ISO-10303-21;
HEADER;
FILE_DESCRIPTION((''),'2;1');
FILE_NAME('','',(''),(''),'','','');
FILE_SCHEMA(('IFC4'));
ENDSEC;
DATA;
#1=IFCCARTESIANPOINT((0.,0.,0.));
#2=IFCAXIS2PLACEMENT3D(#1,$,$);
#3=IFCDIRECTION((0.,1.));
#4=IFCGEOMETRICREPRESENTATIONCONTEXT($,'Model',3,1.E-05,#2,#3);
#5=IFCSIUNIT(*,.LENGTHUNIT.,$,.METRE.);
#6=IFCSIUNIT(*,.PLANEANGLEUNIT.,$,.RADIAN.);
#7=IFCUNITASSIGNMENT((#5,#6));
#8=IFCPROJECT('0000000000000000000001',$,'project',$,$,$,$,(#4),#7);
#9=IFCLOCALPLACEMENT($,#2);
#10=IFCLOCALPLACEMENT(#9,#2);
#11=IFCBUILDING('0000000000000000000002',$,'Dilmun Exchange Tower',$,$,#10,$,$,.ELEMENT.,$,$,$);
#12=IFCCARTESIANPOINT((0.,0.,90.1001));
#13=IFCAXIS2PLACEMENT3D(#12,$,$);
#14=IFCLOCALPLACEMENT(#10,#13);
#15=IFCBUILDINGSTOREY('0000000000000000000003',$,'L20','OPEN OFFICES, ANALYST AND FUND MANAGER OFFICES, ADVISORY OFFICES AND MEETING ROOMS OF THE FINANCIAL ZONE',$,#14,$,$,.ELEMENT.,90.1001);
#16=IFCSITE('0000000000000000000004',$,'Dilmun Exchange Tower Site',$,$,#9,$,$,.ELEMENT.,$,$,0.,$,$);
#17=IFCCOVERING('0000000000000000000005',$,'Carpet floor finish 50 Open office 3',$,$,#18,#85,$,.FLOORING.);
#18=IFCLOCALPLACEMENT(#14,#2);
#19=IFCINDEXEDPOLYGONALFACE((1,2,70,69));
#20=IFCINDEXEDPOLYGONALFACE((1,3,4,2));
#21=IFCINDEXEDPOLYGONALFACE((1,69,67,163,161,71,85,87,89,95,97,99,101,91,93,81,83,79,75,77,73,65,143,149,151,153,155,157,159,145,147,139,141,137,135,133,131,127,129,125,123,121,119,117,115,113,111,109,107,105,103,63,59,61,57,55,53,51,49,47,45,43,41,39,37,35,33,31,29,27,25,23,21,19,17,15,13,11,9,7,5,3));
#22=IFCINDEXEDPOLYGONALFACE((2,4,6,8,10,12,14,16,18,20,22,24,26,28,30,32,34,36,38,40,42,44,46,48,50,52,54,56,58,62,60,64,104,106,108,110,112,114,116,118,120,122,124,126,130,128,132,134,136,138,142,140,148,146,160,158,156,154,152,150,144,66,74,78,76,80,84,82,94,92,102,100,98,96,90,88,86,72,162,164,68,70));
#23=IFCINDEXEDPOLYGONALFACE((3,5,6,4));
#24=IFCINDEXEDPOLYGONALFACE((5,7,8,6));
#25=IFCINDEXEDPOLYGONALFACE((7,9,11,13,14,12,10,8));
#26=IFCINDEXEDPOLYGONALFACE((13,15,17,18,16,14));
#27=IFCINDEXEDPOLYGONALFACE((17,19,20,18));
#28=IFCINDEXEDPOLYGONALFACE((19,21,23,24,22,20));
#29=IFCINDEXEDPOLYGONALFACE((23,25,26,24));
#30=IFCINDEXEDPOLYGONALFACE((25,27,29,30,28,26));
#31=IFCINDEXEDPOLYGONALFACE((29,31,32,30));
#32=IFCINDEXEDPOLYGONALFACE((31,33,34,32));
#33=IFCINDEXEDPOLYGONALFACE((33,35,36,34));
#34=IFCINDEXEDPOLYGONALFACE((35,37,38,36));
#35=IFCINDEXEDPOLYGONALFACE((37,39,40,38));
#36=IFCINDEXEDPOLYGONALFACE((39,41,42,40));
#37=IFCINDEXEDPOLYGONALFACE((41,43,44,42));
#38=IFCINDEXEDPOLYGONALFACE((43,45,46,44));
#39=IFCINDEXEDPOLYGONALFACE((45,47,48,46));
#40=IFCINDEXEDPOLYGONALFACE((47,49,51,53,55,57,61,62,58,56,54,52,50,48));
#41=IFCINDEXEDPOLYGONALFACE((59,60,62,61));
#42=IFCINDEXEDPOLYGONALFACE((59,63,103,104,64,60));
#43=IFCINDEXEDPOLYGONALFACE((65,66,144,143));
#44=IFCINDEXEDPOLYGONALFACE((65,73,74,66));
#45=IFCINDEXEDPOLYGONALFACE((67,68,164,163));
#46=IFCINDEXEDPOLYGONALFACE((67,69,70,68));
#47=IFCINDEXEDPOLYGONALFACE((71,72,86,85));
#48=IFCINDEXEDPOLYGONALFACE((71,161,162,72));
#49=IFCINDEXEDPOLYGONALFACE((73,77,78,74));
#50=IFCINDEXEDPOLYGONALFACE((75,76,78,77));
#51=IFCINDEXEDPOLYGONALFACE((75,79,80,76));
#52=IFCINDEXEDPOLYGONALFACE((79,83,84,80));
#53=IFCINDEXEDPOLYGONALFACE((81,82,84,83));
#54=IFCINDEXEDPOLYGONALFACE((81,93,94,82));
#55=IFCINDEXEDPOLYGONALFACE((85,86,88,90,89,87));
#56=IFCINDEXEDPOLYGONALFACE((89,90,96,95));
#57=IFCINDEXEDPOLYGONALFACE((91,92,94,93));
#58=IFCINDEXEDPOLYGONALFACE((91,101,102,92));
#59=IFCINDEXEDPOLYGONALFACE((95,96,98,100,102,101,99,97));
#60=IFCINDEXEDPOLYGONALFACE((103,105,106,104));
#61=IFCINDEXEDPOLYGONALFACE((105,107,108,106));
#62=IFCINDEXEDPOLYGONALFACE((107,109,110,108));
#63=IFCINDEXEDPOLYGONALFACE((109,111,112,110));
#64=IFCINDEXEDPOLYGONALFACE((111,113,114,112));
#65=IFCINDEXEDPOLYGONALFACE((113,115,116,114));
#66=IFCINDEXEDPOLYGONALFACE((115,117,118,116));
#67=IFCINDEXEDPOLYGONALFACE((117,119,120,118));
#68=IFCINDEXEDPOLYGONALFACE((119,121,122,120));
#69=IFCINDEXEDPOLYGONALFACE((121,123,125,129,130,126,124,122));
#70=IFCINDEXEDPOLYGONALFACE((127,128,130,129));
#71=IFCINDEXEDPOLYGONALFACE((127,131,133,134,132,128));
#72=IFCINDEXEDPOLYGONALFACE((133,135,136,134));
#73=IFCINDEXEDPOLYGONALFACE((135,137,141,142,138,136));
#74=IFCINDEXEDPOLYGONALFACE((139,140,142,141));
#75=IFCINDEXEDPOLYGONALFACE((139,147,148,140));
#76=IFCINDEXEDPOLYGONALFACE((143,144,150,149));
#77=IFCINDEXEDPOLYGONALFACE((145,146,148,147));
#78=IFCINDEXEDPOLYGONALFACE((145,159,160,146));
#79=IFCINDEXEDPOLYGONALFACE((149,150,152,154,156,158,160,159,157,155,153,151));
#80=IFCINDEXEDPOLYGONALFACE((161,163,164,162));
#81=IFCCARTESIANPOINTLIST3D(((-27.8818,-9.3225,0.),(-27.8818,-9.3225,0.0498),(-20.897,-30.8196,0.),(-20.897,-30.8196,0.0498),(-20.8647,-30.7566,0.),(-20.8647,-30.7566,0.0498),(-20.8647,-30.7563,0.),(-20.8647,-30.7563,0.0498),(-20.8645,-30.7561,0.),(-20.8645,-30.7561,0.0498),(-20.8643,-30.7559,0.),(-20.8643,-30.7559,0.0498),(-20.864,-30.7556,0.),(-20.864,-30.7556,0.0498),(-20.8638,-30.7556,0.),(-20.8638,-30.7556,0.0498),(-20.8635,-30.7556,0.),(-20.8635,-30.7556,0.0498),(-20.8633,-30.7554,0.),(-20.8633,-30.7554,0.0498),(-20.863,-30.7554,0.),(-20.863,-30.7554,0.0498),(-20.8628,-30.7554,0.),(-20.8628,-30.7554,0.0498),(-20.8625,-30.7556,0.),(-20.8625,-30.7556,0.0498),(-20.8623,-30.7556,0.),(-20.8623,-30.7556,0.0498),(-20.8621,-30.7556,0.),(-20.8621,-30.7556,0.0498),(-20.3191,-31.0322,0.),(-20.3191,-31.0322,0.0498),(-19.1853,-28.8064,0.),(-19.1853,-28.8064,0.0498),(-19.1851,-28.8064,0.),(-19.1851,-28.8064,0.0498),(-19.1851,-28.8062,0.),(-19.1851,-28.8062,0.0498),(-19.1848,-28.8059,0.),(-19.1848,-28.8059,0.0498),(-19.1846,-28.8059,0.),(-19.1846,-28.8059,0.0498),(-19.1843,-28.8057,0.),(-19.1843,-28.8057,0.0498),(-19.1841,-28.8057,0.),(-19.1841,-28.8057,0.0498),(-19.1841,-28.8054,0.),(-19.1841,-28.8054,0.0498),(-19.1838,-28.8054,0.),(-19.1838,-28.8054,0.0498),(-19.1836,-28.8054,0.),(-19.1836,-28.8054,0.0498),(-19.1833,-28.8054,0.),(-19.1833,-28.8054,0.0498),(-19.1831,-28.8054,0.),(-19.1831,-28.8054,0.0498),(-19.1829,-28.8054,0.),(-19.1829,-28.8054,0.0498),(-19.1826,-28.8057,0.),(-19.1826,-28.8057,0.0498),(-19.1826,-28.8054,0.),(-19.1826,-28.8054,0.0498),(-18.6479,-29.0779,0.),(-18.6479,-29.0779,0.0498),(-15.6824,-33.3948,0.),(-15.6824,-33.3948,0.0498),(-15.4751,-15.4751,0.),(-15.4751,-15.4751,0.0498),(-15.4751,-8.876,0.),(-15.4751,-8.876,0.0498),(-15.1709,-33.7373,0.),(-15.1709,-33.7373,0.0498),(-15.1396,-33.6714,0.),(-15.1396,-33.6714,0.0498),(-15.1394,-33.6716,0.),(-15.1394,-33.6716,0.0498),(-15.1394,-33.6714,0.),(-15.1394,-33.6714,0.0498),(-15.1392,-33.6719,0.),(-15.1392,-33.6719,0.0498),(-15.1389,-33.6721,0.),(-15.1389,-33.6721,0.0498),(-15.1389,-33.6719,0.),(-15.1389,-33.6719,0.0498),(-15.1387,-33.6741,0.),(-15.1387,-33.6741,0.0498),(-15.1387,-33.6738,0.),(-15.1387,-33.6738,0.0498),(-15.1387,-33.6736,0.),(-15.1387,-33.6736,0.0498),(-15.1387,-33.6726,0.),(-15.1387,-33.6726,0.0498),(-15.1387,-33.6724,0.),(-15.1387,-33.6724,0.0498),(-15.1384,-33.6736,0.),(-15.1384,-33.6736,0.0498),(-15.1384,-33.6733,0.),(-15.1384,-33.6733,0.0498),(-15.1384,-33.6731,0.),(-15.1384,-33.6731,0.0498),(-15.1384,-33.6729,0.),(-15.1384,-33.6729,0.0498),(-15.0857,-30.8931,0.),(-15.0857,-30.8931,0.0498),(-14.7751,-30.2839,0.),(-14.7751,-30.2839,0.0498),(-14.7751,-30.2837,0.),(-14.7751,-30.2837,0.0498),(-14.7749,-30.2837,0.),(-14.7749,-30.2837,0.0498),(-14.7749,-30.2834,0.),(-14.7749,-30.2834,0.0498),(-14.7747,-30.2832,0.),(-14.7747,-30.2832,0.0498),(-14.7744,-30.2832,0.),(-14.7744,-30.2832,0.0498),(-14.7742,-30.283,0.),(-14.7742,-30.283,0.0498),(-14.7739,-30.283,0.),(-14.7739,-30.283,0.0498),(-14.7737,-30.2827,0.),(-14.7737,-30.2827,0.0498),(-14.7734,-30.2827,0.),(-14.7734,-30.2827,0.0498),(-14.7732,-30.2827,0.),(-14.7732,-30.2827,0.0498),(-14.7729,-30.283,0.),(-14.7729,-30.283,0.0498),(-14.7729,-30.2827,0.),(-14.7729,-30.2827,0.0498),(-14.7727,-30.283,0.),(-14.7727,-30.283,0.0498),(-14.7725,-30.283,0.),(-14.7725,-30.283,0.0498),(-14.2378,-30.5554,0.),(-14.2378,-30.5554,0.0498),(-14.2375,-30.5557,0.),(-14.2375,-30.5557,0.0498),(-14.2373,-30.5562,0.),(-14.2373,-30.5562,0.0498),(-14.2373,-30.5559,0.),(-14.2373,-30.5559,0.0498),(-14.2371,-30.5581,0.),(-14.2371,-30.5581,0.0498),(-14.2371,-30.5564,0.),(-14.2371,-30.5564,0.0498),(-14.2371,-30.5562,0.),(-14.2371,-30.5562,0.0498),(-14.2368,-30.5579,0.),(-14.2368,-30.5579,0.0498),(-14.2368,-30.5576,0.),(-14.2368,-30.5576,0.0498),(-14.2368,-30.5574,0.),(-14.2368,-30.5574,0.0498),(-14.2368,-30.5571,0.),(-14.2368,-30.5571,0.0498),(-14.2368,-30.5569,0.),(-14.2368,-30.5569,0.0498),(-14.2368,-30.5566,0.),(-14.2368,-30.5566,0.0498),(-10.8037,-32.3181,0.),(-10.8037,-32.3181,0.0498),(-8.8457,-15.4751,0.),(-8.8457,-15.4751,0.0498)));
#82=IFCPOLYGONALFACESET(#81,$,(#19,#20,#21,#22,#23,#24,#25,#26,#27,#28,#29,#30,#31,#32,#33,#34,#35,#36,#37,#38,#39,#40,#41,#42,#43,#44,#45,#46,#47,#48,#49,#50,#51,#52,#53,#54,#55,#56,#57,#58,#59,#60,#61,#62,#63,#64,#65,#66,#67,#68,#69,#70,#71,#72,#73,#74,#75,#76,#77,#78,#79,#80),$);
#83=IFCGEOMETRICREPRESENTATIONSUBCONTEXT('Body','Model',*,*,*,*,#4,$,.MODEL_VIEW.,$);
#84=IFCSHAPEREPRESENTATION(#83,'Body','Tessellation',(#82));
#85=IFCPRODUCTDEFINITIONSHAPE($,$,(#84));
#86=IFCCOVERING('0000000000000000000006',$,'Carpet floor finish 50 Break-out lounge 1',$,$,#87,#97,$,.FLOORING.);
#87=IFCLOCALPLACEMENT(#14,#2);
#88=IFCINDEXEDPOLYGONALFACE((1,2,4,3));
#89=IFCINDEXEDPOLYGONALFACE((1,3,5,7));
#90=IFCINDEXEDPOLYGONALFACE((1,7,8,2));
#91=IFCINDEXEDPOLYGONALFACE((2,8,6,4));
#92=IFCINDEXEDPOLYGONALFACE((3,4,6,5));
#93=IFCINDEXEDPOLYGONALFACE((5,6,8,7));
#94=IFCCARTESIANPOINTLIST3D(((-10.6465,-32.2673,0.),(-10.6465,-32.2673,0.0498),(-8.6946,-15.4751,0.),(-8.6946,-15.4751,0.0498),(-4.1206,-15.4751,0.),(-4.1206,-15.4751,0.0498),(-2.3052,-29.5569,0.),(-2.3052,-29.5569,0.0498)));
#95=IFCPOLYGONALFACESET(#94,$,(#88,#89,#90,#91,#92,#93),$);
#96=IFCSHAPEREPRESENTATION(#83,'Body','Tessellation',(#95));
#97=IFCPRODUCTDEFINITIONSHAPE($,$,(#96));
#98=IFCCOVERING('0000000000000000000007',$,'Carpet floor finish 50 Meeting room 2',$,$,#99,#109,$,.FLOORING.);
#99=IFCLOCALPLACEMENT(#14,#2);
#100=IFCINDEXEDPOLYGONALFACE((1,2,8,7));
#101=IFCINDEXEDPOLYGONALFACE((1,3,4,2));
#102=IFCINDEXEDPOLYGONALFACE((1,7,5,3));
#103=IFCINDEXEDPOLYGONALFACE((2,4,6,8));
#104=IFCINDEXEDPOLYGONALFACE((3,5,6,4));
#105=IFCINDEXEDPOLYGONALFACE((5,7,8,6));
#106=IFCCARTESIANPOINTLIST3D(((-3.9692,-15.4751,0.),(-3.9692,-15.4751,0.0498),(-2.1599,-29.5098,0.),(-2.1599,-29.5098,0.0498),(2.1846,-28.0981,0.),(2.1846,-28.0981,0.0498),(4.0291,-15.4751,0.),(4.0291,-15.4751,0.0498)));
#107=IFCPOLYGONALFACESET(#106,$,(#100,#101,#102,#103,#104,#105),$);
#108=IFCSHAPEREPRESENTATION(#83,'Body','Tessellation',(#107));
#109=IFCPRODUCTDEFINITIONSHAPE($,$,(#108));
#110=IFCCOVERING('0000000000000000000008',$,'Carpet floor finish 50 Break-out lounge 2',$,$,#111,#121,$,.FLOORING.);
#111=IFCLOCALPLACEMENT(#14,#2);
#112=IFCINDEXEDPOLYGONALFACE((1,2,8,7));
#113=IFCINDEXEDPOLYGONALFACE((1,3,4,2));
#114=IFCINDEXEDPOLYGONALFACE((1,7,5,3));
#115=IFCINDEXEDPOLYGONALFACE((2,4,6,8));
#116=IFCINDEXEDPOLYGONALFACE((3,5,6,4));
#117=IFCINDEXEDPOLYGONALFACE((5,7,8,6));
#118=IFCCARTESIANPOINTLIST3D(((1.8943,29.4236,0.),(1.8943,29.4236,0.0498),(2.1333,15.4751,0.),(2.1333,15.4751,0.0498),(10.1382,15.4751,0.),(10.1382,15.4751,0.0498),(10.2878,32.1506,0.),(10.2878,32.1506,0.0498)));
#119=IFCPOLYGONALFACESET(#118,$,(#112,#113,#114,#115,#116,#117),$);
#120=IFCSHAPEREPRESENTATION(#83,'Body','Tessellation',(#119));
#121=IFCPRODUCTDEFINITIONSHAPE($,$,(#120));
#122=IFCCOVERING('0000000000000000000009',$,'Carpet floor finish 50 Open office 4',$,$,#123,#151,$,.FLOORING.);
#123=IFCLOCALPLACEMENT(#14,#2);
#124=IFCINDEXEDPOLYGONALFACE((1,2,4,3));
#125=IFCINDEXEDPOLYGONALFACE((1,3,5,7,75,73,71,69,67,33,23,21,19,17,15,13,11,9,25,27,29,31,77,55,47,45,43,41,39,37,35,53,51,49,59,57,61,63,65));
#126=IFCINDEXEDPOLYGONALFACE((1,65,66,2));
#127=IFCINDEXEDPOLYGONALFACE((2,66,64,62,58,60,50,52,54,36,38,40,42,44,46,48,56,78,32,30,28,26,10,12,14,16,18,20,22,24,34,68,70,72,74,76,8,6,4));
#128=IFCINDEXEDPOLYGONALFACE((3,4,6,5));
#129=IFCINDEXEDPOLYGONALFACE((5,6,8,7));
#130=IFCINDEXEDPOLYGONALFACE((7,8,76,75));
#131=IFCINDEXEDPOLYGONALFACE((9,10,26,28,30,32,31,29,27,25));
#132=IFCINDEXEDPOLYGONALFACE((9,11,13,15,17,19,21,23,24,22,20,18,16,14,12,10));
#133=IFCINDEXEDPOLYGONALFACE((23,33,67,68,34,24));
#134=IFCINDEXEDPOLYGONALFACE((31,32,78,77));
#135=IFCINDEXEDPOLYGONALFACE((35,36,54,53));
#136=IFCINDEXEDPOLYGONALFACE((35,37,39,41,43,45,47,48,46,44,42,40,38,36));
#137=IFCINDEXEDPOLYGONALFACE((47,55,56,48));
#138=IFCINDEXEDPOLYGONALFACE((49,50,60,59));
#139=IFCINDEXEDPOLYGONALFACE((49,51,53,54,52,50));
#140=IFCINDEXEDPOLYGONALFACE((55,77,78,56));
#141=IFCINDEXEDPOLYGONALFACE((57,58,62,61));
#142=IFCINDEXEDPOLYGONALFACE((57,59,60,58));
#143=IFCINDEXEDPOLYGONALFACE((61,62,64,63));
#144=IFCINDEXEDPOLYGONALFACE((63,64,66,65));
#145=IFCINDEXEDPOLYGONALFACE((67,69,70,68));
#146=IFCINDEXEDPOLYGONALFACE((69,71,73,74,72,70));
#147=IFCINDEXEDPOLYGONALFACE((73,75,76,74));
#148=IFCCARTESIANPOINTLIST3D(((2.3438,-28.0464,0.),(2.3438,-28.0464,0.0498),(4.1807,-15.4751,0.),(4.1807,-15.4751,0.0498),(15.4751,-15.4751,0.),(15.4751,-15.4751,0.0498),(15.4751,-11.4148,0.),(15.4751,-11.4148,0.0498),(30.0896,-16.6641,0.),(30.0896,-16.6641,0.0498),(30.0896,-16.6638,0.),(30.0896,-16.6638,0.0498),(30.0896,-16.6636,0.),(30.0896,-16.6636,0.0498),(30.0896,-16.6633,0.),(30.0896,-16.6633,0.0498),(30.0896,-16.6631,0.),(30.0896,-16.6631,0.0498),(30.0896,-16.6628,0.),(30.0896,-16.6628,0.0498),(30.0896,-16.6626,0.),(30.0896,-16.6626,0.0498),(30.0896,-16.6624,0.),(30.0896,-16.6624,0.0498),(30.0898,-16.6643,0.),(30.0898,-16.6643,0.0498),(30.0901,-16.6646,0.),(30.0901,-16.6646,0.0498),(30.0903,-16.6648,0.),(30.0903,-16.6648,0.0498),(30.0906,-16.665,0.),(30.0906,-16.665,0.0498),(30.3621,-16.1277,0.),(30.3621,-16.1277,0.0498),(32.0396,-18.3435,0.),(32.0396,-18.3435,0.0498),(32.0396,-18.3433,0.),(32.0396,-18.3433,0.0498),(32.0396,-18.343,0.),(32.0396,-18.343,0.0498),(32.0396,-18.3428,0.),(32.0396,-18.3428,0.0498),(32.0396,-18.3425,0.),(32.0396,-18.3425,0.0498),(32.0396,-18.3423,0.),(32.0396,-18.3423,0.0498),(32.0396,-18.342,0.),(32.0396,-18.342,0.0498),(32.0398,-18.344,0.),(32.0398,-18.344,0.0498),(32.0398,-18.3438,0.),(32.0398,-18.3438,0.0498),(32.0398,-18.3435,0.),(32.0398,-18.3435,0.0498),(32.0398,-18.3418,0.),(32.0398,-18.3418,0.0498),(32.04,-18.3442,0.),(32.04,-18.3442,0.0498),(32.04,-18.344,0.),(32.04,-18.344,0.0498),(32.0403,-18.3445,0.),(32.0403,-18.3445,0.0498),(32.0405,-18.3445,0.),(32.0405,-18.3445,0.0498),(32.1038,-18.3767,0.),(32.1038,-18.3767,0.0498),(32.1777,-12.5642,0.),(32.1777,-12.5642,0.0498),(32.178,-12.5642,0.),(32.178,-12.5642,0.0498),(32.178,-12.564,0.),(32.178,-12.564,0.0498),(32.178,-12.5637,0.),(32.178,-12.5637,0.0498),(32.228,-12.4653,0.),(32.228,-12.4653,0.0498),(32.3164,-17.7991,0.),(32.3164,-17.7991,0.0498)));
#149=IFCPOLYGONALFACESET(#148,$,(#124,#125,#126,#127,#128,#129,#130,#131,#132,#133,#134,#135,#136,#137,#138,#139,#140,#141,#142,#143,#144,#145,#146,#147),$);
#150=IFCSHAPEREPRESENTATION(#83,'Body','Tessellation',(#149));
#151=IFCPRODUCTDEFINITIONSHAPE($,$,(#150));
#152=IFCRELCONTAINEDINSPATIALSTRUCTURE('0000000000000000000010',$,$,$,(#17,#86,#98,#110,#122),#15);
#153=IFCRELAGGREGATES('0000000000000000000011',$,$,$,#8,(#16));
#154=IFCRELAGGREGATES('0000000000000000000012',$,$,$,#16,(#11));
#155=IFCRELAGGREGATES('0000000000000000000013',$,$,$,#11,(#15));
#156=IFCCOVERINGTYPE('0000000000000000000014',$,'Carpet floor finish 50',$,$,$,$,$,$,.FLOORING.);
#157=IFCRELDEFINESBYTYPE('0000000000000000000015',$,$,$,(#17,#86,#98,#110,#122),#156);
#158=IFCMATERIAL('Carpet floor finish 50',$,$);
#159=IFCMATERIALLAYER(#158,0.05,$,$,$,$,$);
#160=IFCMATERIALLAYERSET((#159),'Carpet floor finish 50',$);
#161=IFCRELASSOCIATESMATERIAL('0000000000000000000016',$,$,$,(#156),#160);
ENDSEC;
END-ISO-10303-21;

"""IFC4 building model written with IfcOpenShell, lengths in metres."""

from ifc_helpers import new_model, si_unit, direction, frame, origin, place, context, subcontext, project, spatial, polyline, outline, extrude, material, layer, layer_set, type_object, element, save


model = new_model("IFC4")

# Units and contexts
model_context = context("Model", 3, precision=1e-05, world=origin(), true_north=direction((0.0, 1.0)))
body_context = subcontext(model_context, "Body", "Model", "MODEL_VIEW")
ifc_project = project(units=[si_unit("LENGTHUNIT", "METRE"), si_unit("PLANEANGLEUNIT", "RADIAN")], contexts=[model_context])

# Site, building, storey
site_placement = place(None, origin())
site = spatial("IfcSite", under=ifc_project, at=site_placement, Name="Dilmun Exchange Tower Site", CompositionType="ELEMENT", RefElevation=0.0)
building_placement = place(site_placement, origin())
building = spatial("IfcBuilding", under=site, at=building_placement, Name="Dilmun Exchange Tower", CompositionType="ELEMENT")
storey_placement = place(building_placement, frame((0.0, 0.0, 90.1001)))
storey = spatial("IfcBuildingStorey", under=building, at=storey_placement, Name="L20", Description="OPEN OFFICES, ANALYST AND FUND MANAGER OFFICES, ADVISORY OFFICES AND MEETING ROOMS OF THE FINANCIAL ZONE", CompositionType="ELEMENT", Elevation=90.1001)

# Coverings
ifc_material_1 = material(Name="Carpet floor finish 50")
ifc_layer_1 = layer(ifc_material_1, 0.05)
ifc_layer_set_1 = layer_set([ifc_layer_1], Name="Carpet floor finish 50")
covering_type_1 = type_object("IfcCoveringType", Name="Carpet floor finish 50", PredefinedType="FLOORING", material=ifc_layer_set_1)
covering_1_placement = place(storey_placement, origin())
element("IfcCovering", 1, at=covering_1_placement, inside=storey, type_object=covering_type_1, Name="Carpet floor finish 50 Open office 3", PredefinedType="FLOORING", context=body_context, shape_type="SweptSolid", body=[
    extrude(outline(polyline([(-15.4751, -8.876), (-15.4751, -15.4751), (-8.8457, -15.4751), (-10.8037, -32.3181), (-15.1709, -33.7373), (-15.1387, -33.6741), (-15.1387, -33.6738), (-15.1387, -33.6736), (-15.1384, -33.6736), (-15.1384, -33.6733), (-15.1384, -33.6731), (-15.1384, -33.6731), (-15.1384, -33.6729), (-15.1387, -33.6726), (-15.1387, -33.6724), (-15.1389, -33.6721), (-15.1389, -33.6721), (-15.1389, -33.6719), (-15.1392, -33.6719), (-15.1394, -33.6716), (-15.1394, -33.6714), (-15.1396, -33.6714), (-15.6824, -33.3948), (-14.2371, -30.5581), (-14.2368, -30.5579), (-14.2368, -30.5576), (-14.2368, -30.5576), (-14.2368, -30.5574), (-14.2368, -30.5571), (-14.2368, -30.5569), (-14.2368, -30.5569), (-14.2368, -30.5566), (-14.2371, -30.5564), (-14.2371, -30.5562), (-14.2373, -30.5562), (-14.2373, -30.5559), (-14.2373, -30.5559), (-14.2375, -30.5557), (-14.2378, -30.5554), (-14.2378, -30.5554), (-14.7725, -30.283), (-14.7727, -30.283), (-14.7729, -30.283), (-14.7729, -30.2827), (-14.7732, -30.2827), (-14.7734, -30.2827), (-14.7737, -30.2827), (-14.7737, -30.2827), (-14.7739, -30.283), (-14.7742, -30.283), (-14.7744, -30.2832), (-14.7744, -30.2832), (-14.7747, -30.2832), (-14.7749, -30.2834), (-14.7749, -30.2837), (-14.7751, -30.2837), (-14.7751, -30.2839), (-15.0857, -30.8931), (-18.6479, -29.0779), (-19.1826, -28.8057), (-19.1826, -28.8054), (-19.1829, -28.8054), (-19.1831, -28.8054), (-19.1831, -28.8054), (-19.1833, -28.8054), (-19.1836, -28.8054), (-19.1838, -28.8054), (-19.1841, -28.8054), (-19.1841, -28.8057), (-19.1843, -28.8057), (-19.1846, -28.8059), (-19.1848, -28.8059), (-19.1848, -28.8059), (-19.1851, -28.8062), (-19.1851, -28.8064), (-19.1853, -28.8064), (-20.3191, -31.0322), (-20.8621, -30.7556), (-20.8623, -30.7556), (-20.8625, -30.7556), (-20.8628, -30.7554), (-20.8628, -30.7554), (-20.863, -30.7554), (-20.8633, -30.7554), (-20.8633, -30.7554), (-20.8635, -30.7556), (-20.8638, -30.7556), (-20.864, -30.7556), (-20.8643, -30.7559), (-20.8643, -30.7559), (-20.8645, -30.7561), (-20.8645, -30.7561), (-20.8647, -30.7563), (-20.8647, -30.7566), (-20.897, -30.8196), (-27.8818, -9.3225), (-15.4751, -8.876)])), origin(), (0.0, 0.0, 1.0), 0.0498),
])
covering_2_placement = place(storey_placement, origin())
element("IfcCovering", 2, at=covering_2_placement, inside=storey, type_object=covering_type_1, Name="Carpet floor finish 50 Break-out lounge 1", PredefinedType="FLOORING", context=body_context, shape_type="SweptSolid", body=[
    extrude(outline(polyline([(-4.1206, -15.4751), (-2.3052, -29.5569), (-10.6465, -32.2673), (-8.6946, -15.4751), (-4.1206, -15.4751)])), origin(), (0.0, 0.0, 1.0), 0.0498),
])
covering_3_placement = place(storey_placement, origin())
element("IfcCovering", 3, at=covering_3_placement, inside=storey, type_object=covering_type_1, Name="Carpet floor finish 50 Meeting room 2", PredefinedType="FLOORING", context=body_context, shape_type="SweptSolid", body=[
    extrude(outline(polyline([(2.1846, -28.0981), (-2.1599, -29.5098), (-3.9692, -15.4751), (4.0291, -15.4751), (2.1846, -28.0981)])), origin(), (0.0, 0.0, 1.0), 0.0498),
])
covering_4_placement = place(storey_placement, origin())
element("IfcCovering", 4, at=covering_4_placement, inside=storey, type_object=covering_type_1, Name="Carpet floor finish 50 Break-out lounge 2", PredefinedType="FLOORING", context=body_context, shape_type="SweptSolid", body=[
    extrude(outline(polyline([(2.1333, 15.4751), (1.8943, 29.4236), (10.2878, 32.1506), (10.1382, 15.4751), (2.1333, 15.4751)])), origin(), (0.0, 0.0, 1.0), 0.0498),
])
covering_5_placement = place(storey_placement, origin())
element("IfcCovering", 5, at=covering_5_placement, inside=storey, type_object=covering_type_1, Name="Carpet floor finish 50 Open office 4", PredefinedType="FLOORING", context=body_context, shape_type="SweptSolid", body=[
    extrude(outline(polyline([(4.1807, -15.4751), (15.4751, -15.4751), (15.4751, -11.4148), (32.228, -12.4653), (32.178, -12.5637), (32.178, -12.564), (32.178, -12.5642), (32.1777, -12.5642), (30.3621, -16.1277), (30.3621, -16.1277), (30.0896, -16.6624), (30.0896, -16.6626), (30.0896, -16.6626), (30.0896, -16.6628), (30.0896, -16.6631), (30.0896, -16.6631), (30.0896, -16.6633), (30.0896, -16.6636), (30.0896, -16.6638), (30.0896, -16.6641), (30.0898, -16.6643), (30.0898, -16.6643), (30.0901, -16.6646), (30.0901, -16.6646), (30.0903, -16.6648), (30.0903, -16.6648), (30.0906, -16.665), (32.3164, -17.7991), (32.0398, -18.3418), (32.0396, -18.342), (32.0396, -18.3423), (32.0396, -18.3423), (32.0396, -18.3425), (32.0396, -18.3428), (32.0396, -18.343), (32.0396, -18.3433), (32.0396, -18.3435), (32.0398, -18.3435), (32.0398, -18.3438), (32.0398, -18.344), (32.04, -18.344), (32.04, -18.3442), (32.0403, -18.3445), (32.0403, -18.3445), (32.0405, -18.3445), (32.1038, -18.3767), (2.3438, -28.0464), (4.1807, -15.4751)])), origin(), (0.0, 0.0, 1.0), 0.0498),
])

save(model, "model.ifc")
